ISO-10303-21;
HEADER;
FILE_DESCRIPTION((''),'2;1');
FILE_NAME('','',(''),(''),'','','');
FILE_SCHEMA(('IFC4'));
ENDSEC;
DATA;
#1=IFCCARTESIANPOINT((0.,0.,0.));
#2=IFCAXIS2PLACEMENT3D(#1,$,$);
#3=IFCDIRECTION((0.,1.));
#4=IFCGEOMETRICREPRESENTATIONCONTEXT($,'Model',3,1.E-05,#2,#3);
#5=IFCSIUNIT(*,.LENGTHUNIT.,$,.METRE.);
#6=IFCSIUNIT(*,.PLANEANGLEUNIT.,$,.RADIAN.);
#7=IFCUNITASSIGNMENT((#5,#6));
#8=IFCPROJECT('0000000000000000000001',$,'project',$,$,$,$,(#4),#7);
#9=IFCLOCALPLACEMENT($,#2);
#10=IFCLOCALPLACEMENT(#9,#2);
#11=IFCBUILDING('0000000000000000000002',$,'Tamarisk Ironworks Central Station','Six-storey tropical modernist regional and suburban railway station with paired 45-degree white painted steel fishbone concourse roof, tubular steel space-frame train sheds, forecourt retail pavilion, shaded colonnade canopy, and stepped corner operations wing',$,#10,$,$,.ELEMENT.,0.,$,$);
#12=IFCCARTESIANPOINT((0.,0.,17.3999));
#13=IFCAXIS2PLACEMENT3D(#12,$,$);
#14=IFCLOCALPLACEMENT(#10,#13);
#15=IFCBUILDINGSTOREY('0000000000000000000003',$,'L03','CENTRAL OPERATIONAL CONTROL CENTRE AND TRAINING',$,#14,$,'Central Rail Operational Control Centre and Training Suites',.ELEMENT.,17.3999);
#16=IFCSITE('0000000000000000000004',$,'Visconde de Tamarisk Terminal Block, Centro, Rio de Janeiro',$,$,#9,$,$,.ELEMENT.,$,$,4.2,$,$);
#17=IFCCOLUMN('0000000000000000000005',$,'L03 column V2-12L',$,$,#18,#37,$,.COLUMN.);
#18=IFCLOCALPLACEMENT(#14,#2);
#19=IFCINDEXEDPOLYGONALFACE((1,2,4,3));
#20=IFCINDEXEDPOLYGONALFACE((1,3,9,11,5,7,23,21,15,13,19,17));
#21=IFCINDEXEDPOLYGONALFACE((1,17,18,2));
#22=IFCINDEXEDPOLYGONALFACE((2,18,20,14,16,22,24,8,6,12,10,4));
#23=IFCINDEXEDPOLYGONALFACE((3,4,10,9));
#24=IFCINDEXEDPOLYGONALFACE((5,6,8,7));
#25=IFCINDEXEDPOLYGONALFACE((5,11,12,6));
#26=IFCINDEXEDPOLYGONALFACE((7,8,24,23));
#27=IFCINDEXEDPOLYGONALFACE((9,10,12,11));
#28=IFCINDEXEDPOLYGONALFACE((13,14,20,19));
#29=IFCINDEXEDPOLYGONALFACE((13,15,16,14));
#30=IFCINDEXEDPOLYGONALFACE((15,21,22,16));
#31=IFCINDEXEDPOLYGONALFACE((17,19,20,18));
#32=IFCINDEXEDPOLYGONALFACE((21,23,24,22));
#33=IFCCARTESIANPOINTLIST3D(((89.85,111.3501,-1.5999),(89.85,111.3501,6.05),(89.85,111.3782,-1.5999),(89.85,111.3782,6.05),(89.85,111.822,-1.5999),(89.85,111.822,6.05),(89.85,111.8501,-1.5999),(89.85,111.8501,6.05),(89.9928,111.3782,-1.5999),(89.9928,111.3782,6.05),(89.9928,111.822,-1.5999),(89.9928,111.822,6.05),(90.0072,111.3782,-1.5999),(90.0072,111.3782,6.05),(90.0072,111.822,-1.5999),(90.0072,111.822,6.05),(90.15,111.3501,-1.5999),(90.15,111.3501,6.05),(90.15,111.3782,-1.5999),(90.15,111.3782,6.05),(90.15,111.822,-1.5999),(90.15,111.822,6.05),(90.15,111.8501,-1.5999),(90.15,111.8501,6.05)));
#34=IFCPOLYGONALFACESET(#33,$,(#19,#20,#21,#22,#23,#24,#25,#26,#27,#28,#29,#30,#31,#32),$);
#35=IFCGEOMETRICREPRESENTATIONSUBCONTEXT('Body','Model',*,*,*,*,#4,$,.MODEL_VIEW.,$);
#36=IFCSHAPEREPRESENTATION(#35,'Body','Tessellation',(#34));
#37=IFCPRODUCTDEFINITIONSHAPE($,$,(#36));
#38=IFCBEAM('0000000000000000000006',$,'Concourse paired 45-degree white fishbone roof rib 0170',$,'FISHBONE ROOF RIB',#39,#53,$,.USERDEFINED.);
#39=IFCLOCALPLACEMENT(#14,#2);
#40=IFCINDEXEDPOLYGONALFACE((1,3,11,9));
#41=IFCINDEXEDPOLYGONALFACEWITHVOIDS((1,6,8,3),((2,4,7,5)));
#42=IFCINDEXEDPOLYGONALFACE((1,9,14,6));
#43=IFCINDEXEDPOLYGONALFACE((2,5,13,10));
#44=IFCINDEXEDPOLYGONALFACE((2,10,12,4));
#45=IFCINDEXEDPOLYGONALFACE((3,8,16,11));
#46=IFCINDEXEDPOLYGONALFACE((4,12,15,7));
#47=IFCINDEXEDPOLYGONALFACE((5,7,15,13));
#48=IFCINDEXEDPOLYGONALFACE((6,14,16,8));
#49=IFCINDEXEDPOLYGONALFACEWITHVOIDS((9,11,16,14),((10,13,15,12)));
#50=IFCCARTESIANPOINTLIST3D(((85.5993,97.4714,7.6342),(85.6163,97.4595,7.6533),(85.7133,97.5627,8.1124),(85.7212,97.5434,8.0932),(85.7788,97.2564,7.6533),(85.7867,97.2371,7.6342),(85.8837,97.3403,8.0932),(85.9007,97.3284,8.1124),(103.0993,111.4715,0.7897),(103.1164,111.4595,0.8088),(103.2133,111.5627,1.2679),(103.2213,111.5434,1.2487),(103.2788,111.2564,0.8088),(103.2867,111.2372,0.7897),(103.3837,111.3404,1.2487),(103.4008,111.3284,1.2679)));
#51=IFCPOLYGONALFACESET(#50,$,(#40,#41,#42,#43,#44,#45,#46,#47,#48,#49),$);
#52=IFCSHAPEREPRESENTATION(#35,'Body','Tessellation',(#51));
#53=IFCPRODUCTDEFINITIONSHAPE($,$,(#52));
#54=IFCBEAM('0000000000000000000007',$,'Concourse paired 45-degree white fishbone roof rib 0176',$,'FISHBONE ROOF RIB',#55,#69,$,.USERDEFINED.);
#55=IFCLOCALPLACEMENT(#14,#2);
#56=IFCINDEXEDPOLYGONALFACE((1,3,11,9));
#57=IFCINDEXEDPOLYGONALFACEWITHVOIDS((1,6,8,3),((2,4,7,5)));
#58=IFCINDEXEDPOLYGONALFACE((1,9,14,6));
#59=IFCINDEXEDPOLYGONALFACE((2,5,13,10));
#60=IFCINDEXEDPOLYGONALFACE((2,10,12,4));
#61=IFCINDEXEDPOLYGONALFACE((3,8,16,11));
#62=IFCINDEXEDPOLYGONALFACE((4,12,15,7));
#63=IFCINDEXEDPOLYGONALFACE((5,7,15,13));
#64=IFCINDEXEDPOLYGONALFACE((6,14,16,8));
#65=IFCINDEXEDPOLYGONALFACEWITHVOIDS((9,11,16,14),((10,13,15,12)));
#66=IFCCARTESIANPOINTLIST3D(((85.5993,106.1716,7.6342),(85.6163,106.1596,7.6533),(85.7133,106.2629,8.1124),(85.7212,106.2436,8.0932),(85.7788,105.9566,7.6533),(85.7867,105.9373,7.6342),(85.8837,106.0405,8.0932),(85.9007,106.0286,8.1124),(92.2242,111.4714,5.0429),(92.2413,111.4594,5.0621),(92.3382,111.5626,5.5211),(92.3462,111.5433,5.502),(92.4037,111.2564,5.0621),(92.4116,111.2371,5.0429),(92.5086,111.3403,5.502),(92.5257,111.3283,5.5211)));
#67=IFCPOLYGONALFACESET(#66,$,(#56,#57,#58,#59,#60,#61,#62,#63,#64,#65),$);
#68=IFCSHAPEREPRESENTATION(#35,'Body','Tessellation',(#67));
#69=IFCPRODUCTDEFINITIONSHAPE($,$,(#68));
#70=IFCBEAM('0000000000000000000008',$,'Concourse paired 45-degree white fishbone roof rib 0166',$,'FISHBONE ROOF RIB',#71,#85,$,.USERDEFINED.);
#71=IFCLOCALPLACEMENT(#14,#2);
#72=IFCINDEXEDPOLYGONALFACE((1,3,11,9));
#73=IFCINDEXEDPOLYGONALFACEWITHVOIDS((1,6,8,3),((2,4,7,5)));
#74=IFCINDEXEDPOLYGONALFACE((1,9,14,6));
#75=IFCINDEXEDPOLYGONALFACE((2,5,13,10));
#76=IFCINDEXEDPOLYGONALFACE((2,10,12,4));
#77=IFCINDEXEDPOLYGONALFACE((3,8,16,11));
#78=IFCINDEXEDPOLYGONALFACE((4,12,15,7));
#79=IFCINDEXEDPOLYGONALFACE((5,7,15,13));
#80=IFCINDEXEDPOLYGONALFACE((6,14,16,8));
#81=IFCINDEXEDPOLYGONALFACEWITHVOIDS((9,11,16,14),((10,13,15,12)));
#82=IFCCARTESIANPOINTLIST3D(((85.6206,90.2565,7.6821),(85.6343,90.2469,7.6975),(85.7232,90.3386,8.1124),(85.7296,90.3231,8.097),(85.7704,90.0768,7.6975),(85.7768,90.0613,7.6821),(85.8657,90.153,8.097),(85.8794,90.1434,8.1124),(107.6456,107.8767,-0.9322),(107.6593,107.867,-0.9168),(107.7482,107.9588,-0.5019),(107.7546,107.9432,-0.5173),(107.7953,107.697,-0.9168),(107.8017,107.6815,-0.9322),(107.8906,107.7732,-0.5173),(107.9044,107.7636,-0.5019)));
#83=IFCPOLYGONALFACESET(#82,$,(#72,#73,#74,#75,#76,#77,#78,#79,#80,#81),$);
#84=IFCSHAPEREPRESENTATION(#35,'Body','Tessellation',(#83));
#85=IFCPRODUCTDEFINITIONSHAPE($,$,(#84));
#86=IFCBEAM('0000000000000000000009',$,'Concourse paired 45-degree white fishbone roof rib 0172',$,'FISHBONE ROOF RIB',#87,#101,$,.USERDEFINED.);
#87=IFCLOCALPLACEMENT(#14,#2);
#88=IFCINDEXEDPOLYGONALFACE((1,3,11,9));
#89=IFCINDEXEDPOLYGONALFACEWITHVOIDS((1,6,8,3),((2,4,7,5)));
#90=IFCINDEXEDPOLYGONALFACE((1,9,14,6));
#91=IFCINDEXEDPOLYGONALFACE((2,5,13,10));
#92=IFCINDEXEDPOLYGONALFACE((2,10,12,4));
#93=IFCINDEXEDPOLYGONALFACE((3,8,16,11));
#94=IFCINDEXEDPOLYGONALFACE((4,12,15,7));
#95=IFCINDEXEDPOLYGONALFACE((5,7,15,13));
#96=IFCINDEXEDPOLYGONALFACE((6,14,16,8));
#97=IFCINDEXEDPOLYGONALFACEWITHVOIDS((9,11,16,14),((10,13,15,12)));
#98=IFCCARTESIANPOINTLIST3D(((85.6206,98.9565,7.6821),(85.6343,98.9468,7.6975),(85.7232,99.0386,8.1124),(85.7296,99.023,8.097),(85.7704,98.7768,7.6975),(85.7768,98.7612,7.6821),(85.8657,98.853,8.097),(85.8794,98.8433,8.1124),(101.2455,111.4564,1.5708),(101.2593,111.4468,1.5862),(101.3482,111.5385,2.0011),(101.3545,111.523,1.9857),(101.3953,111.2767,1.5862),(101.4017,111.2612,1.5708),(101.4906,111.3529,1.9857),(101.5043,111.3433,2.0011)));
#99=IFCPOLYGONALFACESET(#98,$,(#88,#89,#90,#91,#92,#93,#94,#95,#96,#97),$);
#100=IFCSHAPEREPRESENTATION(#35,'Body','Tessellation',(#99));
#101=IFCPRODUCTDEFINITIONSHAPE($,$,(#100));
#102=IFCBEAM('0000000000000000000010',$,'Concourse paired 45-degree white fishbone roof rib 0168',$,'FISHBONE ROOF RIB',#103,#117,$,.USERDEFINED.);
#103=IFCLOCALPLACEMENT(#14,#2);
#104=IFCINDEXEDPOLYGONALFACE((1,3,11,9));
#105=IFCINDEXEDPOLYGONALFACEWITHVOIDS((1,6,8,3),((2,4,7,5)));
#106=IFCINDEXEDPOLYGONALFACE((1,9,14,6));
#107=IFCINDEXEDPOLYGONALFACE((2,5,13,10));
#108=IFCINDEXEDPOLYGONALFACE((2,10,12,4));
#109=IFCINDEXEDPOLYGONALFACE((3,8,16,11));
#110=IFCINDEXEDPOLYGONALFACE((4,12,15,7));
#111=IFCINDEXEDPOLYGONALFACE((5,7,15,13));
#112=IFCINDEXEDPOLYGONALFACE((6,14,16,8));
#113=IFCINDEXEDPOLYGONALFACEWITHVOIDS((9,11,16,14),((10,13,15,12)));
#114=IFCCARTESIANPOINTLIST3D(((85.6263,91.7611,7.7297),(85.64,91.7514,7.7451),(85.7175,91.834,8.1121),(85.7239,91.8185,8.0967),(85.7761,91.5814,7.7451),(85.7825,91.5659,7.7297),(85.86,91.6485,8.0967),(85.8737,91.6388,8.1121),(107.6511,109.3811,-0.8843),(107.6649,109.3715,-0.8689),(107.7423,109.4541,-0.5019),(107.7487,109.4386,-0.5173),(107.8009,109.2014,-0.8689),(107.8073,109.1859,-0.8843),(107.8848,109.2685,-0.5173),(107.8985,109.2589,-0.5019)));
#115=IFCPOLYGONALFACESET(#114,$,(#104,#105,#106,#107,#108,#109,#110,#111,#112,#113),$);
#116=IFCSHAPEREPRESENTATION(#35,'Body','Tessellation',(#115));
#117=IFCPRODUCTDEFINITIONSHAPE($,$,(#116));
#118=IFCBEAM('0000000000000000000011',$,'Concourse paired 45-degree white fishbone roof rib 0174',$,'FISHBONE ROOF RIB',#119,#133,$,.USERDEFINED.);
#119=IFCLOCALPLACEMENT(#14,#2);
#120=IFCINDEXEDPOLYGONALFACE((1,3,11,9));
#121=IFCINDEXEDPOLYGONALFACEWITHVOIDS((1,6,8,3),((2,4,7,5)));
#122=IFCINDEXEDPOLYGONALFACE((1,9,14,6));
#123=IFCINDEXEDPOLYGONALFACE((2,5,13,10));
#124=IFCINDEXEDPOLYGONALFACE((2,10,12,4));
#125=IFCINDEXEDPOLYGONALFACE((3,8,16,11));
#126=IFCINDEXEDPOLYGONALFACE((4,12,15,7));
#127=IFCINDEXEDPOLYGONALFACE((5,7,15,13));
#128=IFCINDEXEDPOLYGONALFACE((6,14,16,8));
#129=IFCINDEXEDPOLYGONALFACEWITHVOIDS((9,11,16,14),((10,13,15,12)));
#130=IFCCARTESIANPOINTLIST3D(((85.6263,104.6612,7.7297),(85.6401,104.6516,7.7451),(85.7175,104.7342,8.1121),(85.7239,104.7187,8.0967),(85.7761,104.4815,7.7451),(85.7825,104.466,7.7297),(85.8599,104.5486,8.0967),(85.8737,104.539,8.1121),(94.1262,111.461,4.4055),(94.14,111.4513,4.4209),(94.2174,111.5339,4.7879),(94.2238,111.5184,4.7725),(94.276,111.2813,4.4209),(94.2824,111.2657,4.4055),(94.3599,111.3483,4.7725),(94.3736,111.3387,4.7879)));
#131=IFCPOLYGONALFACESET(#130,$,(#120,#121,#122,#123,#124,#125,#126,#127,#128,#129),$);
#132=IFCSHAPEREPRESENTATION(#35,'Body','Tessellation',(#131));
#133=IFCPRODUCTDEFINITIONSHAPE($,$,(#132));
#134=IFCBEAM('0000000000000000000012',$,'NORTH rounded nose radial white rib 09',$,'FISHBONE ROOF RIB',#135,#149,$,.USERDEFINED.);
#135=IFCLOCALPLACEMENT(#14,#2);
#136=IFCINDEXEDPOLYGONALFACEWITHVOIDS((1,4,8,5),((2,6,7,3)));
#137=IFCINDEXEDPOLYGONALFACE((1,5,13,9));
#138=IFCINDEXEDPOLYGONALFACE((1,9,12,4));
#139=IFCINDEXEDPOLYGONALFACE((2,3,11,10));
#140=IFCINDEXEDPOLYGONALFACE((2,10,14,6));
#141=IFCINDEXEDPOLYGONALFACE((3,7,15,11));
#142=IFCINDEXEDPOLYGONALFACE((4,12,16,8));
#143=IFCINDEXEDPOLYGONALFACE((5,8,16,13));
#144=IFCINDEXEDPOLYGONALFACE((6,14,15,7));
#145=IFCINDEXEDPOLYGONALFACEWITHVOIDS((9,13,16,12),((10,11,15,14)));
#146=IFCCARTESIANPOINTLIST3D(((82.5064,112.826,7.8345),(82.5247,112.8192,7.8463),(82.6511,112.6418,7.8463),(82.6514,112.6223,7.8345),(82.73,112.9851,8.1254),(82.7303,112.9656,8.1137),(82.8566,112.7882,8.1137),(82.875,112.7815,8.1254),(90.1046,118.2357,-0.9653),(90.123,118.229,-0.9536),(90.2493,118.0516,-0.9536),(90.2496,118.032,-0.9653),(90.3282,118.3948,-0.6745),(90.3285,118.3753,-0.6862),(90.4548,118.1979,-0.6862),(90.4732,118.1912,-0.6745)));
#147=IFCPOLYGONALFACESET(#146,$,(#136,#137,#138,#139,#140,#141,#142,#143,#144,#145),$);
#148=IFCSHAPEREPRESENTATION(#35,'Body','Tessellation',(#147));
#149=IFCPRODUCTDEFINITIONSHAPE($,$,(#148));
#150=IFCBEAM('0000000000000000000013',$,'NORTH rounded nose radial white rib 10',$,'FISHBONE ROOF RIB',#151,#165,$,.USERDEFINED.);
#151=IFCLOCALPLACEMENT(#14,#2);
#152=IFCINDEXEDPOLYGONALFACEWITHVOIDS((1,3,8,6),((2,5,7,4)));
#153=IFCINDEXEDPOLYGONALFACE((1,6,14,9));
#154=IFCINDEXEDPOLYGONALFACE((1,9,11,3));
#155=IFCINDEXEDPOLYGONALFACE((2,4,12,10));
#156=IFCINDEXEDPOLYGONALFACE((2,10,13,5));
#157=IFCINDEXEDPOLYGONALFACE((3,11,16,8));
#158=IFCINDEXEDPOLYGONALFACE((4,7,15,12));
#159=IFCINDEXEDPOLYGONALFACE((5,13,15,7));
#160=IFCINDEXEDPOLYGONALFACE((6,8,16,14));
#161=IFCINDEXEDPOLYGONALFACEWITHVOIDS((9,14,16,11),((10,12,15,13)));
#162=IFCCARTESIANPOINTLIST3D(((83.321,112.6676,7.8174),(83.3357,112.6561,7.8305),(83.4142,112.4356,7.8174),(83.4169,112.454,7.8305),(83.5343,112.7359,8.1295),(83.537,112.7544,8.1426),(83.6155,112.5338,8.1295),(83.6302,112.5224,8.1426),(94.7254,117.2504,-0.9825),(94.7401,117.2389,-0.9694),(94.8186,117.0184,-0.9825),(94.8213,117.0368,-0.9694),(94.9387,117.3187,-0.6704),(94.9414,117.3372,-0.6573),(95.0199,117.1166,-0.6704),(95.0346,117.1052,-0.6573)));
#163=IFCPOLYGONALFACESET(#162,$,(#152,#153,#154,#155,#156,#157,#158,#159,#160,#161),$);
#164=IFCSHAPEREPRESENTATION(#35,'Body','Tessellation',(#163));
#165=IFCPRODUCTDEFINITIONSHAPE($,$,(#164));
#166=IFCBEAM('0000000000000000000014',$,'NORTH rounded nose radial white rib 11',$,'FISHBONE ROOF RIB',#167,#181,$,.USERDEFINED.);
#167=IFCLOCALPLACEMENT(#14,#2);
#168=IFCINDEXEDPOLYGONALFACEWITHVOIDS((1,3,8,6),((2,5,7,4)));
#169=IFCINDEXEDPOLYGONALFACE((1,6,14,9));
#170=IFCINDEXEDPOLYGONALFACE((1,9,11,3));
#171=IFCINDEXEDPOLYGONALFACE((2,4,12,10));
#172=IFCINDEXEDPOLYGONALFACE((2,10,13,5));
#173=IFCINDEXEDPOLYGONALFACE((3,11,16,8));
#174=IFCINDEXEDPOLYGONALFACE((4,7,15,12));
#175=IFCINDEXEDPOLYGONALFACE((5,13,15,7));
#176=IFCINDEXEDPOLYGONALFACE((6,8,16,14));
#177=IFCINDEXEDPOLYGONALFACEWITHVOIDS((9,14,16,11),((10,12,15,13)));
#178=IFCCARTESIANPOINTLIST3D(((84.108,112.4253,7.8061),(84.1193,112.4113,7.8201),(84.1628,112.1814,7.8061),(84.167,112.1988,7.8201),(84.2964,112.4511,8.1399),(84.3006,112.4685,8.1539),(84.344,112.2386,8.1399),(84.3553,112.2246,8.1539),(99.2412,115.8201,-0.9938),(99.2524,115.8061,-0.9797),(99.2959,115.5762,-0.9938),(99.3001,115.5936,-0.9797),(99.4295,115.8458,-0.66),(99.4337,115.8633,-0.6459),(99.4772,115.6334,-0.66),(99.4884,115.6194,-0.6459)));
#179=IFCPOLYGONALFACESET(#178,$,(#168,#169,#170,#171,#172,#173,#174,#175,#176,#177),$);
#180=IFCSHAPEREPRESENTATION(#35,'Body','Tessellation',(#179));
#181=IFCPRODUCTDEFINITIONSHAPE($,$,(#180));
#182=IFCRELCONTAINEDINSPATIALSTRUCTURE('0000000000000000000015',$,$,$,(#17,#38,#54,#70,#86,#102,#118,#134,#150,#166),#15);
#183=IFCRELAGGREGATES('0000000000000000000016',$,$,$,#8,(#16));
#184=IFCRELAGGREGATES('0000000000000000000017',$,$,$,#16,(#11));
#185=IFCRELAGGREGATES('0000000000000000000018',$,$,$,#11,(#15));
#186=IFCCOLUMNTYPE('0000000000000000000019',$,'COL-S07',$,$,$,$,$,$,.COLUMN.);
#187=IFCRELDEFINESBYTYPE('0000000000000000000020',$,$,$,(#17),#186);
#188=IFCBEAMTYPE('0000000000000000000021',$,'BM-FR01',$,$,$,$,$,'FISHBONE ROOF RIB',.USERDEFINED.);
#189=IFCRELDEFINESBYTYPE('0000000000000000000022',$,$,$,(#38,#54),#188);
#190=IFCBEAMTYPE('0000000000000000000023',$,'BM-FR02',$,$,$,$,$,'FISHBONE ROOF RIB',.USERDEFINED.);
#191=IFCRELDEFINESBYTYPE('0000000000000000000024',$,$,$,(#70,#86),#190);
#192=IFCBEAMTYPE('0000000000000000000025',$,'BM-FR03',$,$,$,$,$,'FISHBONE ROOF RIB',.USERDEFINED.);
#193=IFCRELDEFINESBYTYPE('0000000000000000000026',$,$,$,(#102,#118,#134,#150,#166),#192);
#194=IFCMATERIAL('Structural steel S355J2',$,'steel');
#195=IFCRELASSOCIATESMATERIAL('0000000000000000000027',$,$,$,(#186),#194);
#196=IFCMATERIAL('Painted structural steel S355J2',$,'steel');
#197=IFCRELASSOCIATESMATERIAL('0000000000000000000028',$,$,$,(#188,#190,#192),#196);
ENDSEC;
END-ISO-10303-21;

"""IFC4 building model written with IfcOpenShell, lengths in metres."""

from ifc_helpers import new_model, si_unit, direction, frame, origin, origin_2d, place, context, subcontext, project, spatial, hollow_rectangle, i_section, extrude, material, material_profile, profile_set, type_object, element, save


model = new_model("IFC4")

# Units and contexts
model_context = context("Model", 3, precision=1e-05, world=origin(), true_north=direction((0.0, 1.0)))
body_context = subcontext(model_context, "Body", "Model", "MODEL_VIEW")
ifc_project = project(units=[si_unit("LENGTHUNIT", "METRE"), si_unit("PLANEANGLEUNIT", "RADIAN")], contexts=[model_context])

# Site, building, storey
site_placement = place(None, origin())
site = spatial("IfcSite", under=ifc_project, at=site_placement, Name="Visconde de Tamarisk Terminal Block, Centro, Rio de Janeiro", CompositionType="ELEMENT", RefElevation=4.2)
building_placement = place(site_placement, origin())
building = spatial("IfcBuilding", under=site, at=building_placement, Name="Tamarisk Ironworks Central Station", Description="Six-storey tropical modernist regional and suburban railway station with paired 45-degree white painted steel fishbone concourse roof, tubular steel space-frame train sheds, forecourt retail pavilion, shaded colonnade canopy, and stepped corner operations wing", CompositionType="ELEMENT", ElevationOfRefHeight=0.0)
storey_placement = place(building_placement, frame((0.0, 0.0, 17.3999)))
storey = spatial("IfcBuildingStorey", under=building, at=storey_placement, Name="L03", Description="CENTRAL OPERATIONAL CONTROL CENTRE AND TRAINING", LongName="Central Rail Operational Control Centre and Training Suites", CompositionType="ELEMENT", Elevation=17.3999)

# Column
ifc_material_1 = material(Name="Structural steel S355J2", Category="steel")
ifc_material_profile_1 = material_profile(ifc_material_1, i_section(OverallWidth=0.3, OverallDepth=0.5, WebThickness=0.0144, FlangeThickness=0.0281, at=origin_2d()), Name="HEB 500")
ifc_profile_set_1 = profile_set([ifc_material_profile_1], Name="Structural steel S355J2")
column_type = type_object("IfcColumnType", Name="COL-S07", PredefinedType="COLUMN", material=ifc_profile_set_1)
column_placement = place(storey_placement, frame((90.0, 111.6001, -1.5999), z_axis=(0.0, 0.0, 1.0), x_axis=(1.0, 0.0, 0.0)))
element("IfcColumn", 1, at=column_placement, inside=storey, type_object=column_type, Name="L03 column V2-12L", PredefinedType="COLUMN", context=body_context, shape_type="SweptSolid", body=[
    extrude(i_section(OverallWidth=0.3, OverallDepth=0.5, WebThickness=0.0144, FlangeThickness=0.0281, at=origin_2d()), origin(), (0.0, 0.0, 1.0), 7.6499),
])

# Beams
ifc_material_2 = material(Name="Painted structural steel S355J2", Category="steel")
ifc_material_profile_2 = material_profile(ifc_material_2, hollow_rectangle(XDim=0.3, YDim=0.5, WallThickness=0.02, at=origin_2d()), Name="RHS 500x300x20")
ifc_profile_set_2 = profile_set([ifc_material_profile_2], Name="Painted structural steel S355J2")
beam_type_1 = type_object("IfcBeamType", Name="BM-FR01", ElementType="FISHBONE ROOF RIB", PredefinedType="USERDEFINED", material=ifc_profile_set_2)
beam_1_placement = place(storey_placement, frame((85.75, 97.3999, 7.8733), z_axis=(0.746816, 0.597453, -0.29209), x_axis=(-0.624695, 0.780869, 0.0)))
element("IfcBeam", 2, at=beam_1_placement, inside=storey, type_object=beam_type_1, Name="Concourse paired 45-degree white fishbone roof rib 0170", ObjectType="FISHBONE ROOF RIB", PredefinedType="USERDEFINED", context=body_context, shape_type="SweptSolid", body=[
    extrude(hollow_rectangle(XDim=0.3, YDim=0.5, WallThickness=0.02, at=origin_2d()), origin(), (0.0, 0.0, 1.0), 23.4329),
])
beam_2_placement = place(storey_placement, frame((85.75, 106.1001, 7.8733), z_axis=(0.746821, 0.597435, -0.292112), x_axis=(-0.624681, 0.78088, 0.0)))
element("IfcBeam", 3, at=beam_2_placement, inside=storey, type_object=beam_type_1, Name="Concourse paired 45-degree white fishbone roof rib 0176", ObjectType="FISHBONE ROOF RIB", PredefinedType="USERDEFINED", context=body_context, shape_type="SweptSolid", body=[
    extrude(hollow_rectangle(XDim=0.3, YDim=0.5, WallThickness=0.02, at=origin_2d()), origin(), (0.0, 0.0, 1.0), 8.8708),
])
ifc_material_profile_3 = material_profile(ifc_material_2, hollow_rectangle(XDim=0.25, YDim=0.45, WallThickness=0.0161, at=origin_2d()), Name="RHS 450x250x16")
ifc_profile_set_3 = profile_set([ifc_material_profile_3], Name="Painted structural steel S355J2")
beam_type_2 = type_object("IfcBeamType", Name="BM-FR02", ElementType="FISHBONE ROOF RIB", PredefinedType="USERDEFINED", material=ifc_profile_set_3)
beam_3_placement = place(storey_placement, frame((85.75, 90.2, 7.8972), z_axis=(0.746813, 0.597457, -0.292089), x_axis=(-0.624699, 0.780865, 0.0)))
element("IfcBeam", 4, at=beam_3_placement, inside=storey, type_object=beam_type_2, Name="Concourse paired 45-degree white fishbone roof rib 0166", ObjectType="FISHBONE ROOF RIB", PredefinedType="USERDEFINED", context=body_context, shape_type="SweptSolid", body=[
    extrude(hollow_rectangle(XDim=0.25, YDim=0.45, WallThickness=0.0161, at=origin_2d()), origin(), (0.0, 0.0, 1.0), 29.4919),
])
beam_4_placement = place(storey_placement, frame((85.75, 98.8999, 7.8972), z_axis=(0.746814, 0.597451, -0.292098), x_axis=(-0.624695, 0.780869, 0.0)))
element("IfcBeam", 5, at=beam_4_placement, inside=storey, type_object=beam_type_2, Name="Concourse paired 45-degree white fishbone roof rib 0172", ObjectType="FISHBONE ROOF RIB", PredefinedType="USERDEFINED", context=body_context, shape_type="SweptSolid", body=[
    extrude(hollow_rectangle(XDim=0.25, YDim=0.45, WallThickness=0.0161, at=origin_2d()), origin(), (0.0, 0.0, 1.0), 20.9221),
])
ifc_material_profile_4 = material_profile(ifc_material_2, hollow_rectangle(XDim=0.25, YDim=0.3999, WallThickness=0.0161, at=origin_2d()), Name="RHS 400x250x16")
ifc_profile_set_4 = profile_set([ifc_material_profile_4], Name="Painted structural steel S355J2")
beam_type_3 = type_object("IfcBeamType", Name="BM-FR03", ElementType="FISHBONE ROOF RIB", PredefinedType="USERDEFINED", material=ifc_profile_set_4)
beam_5_placement = place(storey_placement, frame((85.75, 91.7, 7.9209), z_axis=(0.746815, 0.597458, -0.292082), x_axis=(-0.624699, 0.780865, 0.0)))
element("IfcBeam", 6, at=beam_5_placement, inside=storey, type_object=beam_type_3, Name="Concourse paired 45-degree white fishbone roof rib 0168", ObjectType="FISHBONE ROOF RIB", PredefinedType="USERDEFINED", context=body_context, shape_type="SweptSolid", body=[
    extrude(hollow_rectangle(XDim=0.25, YDim=0.3999, WallThickness=0.0161, at=origin_2d()), origin(), (0.0, 0.0, 1.0), 29.4917),
])
beam_6_placement = place(storey_placement, frame((85.75, 104.6001, 7.9209), z_axis=(0.746828, 0.597445, -0.292073), x_axis=(-0.624684, 0.780878, 0.0)))
element("IfcBeam", 7, at=beam_6_placement, inside=storey, type_object=beam_type_3, Name="Concourse paired 45-degree white fishbone roof rib 0174", ObjectType="FISHBONE ROOF RIB", PredefinedType="USERDEFINED", context=body_context, shape_type="SweptSolid", body=[
    extrude(hollow_rectangle(XDim=0.25, YDim=0.3999, WallThickness=0.0161, at=origin_2d()), origin(), (0.0, 0.0, 1.0), 11.3813),
])
beam_7_placement = place(storey_placement, frame((82.6907, 112.8037, 7.98), z_axis=(0.592534, 0.421868, -0.686244), x_axis=(-0.57999, 0.814624, 0.0)))
element("IfcBeam", 8, at=beam_7_placement, inside=storey, type_object=beam_type_3, Name="NORTH rounded nose radial white rib 09", ObjectType="FISHBONE ROOF RIB", PredefinedType="USERDEFINED", context=body_context, shape_type="SweptSolid", body=[
    extrude(hollow_rectangle(XDim=0.25, YDim=0.3999, WallThickness=0.0161, at=origin_2d()), origin(), (0.0, 0.0, 1.0), 12.8232),
])
beam_8_placement = place(storey_placement, frame((83.4756, 112.595, 7.98), z_axis=(0.754447, 0.303171, -0.582148), x_axis=(-0.372866, 0.927885, 0.0)))
element("IfcBeam", 9, at=beam_8_placement, inside=storey, type_object=beam_type_3, Name="NORTH rounded nose radial white rib 10", ObjectType="FISHBONE ROOF RIB", PredefinedType="USERDEFINED", context=body_context, shape_type="SweptSolid", body=[
    extrude(hollow_rectangle(XDim=0.25, YDim=0.3999, WallThickness=0.0161, at=origin_2d()), origin(), (0.0, 0.0, 1.0), 15.1162),
])
beam_9_placement = place(storey_placement, frame((84.2317, 112.325, 7.98), z_axis=(0.848659, 0.190378, -0.493491), x_axis=(-0.218888, 0.97575, 0.0)))
element("IfcBeam", 10, at=beam_9_placement, inside=storey, type_object=beam_type_3, Name="NORTH rounded nose radial white rib 11", ObjectType="FISHBONE ROOF RIB", PredefinedType="USERDEFINED", context=body_context, shape_type="SweptSolid", body=[
    extrude(hollow_rectangle(XDim=0.25, YDim=0.3999, WallThickness=0.0161, at=origin_2d()), origin(), (0.0, 0.0, 1.0), 17.8318),
])

save(model, "model.ifc")
